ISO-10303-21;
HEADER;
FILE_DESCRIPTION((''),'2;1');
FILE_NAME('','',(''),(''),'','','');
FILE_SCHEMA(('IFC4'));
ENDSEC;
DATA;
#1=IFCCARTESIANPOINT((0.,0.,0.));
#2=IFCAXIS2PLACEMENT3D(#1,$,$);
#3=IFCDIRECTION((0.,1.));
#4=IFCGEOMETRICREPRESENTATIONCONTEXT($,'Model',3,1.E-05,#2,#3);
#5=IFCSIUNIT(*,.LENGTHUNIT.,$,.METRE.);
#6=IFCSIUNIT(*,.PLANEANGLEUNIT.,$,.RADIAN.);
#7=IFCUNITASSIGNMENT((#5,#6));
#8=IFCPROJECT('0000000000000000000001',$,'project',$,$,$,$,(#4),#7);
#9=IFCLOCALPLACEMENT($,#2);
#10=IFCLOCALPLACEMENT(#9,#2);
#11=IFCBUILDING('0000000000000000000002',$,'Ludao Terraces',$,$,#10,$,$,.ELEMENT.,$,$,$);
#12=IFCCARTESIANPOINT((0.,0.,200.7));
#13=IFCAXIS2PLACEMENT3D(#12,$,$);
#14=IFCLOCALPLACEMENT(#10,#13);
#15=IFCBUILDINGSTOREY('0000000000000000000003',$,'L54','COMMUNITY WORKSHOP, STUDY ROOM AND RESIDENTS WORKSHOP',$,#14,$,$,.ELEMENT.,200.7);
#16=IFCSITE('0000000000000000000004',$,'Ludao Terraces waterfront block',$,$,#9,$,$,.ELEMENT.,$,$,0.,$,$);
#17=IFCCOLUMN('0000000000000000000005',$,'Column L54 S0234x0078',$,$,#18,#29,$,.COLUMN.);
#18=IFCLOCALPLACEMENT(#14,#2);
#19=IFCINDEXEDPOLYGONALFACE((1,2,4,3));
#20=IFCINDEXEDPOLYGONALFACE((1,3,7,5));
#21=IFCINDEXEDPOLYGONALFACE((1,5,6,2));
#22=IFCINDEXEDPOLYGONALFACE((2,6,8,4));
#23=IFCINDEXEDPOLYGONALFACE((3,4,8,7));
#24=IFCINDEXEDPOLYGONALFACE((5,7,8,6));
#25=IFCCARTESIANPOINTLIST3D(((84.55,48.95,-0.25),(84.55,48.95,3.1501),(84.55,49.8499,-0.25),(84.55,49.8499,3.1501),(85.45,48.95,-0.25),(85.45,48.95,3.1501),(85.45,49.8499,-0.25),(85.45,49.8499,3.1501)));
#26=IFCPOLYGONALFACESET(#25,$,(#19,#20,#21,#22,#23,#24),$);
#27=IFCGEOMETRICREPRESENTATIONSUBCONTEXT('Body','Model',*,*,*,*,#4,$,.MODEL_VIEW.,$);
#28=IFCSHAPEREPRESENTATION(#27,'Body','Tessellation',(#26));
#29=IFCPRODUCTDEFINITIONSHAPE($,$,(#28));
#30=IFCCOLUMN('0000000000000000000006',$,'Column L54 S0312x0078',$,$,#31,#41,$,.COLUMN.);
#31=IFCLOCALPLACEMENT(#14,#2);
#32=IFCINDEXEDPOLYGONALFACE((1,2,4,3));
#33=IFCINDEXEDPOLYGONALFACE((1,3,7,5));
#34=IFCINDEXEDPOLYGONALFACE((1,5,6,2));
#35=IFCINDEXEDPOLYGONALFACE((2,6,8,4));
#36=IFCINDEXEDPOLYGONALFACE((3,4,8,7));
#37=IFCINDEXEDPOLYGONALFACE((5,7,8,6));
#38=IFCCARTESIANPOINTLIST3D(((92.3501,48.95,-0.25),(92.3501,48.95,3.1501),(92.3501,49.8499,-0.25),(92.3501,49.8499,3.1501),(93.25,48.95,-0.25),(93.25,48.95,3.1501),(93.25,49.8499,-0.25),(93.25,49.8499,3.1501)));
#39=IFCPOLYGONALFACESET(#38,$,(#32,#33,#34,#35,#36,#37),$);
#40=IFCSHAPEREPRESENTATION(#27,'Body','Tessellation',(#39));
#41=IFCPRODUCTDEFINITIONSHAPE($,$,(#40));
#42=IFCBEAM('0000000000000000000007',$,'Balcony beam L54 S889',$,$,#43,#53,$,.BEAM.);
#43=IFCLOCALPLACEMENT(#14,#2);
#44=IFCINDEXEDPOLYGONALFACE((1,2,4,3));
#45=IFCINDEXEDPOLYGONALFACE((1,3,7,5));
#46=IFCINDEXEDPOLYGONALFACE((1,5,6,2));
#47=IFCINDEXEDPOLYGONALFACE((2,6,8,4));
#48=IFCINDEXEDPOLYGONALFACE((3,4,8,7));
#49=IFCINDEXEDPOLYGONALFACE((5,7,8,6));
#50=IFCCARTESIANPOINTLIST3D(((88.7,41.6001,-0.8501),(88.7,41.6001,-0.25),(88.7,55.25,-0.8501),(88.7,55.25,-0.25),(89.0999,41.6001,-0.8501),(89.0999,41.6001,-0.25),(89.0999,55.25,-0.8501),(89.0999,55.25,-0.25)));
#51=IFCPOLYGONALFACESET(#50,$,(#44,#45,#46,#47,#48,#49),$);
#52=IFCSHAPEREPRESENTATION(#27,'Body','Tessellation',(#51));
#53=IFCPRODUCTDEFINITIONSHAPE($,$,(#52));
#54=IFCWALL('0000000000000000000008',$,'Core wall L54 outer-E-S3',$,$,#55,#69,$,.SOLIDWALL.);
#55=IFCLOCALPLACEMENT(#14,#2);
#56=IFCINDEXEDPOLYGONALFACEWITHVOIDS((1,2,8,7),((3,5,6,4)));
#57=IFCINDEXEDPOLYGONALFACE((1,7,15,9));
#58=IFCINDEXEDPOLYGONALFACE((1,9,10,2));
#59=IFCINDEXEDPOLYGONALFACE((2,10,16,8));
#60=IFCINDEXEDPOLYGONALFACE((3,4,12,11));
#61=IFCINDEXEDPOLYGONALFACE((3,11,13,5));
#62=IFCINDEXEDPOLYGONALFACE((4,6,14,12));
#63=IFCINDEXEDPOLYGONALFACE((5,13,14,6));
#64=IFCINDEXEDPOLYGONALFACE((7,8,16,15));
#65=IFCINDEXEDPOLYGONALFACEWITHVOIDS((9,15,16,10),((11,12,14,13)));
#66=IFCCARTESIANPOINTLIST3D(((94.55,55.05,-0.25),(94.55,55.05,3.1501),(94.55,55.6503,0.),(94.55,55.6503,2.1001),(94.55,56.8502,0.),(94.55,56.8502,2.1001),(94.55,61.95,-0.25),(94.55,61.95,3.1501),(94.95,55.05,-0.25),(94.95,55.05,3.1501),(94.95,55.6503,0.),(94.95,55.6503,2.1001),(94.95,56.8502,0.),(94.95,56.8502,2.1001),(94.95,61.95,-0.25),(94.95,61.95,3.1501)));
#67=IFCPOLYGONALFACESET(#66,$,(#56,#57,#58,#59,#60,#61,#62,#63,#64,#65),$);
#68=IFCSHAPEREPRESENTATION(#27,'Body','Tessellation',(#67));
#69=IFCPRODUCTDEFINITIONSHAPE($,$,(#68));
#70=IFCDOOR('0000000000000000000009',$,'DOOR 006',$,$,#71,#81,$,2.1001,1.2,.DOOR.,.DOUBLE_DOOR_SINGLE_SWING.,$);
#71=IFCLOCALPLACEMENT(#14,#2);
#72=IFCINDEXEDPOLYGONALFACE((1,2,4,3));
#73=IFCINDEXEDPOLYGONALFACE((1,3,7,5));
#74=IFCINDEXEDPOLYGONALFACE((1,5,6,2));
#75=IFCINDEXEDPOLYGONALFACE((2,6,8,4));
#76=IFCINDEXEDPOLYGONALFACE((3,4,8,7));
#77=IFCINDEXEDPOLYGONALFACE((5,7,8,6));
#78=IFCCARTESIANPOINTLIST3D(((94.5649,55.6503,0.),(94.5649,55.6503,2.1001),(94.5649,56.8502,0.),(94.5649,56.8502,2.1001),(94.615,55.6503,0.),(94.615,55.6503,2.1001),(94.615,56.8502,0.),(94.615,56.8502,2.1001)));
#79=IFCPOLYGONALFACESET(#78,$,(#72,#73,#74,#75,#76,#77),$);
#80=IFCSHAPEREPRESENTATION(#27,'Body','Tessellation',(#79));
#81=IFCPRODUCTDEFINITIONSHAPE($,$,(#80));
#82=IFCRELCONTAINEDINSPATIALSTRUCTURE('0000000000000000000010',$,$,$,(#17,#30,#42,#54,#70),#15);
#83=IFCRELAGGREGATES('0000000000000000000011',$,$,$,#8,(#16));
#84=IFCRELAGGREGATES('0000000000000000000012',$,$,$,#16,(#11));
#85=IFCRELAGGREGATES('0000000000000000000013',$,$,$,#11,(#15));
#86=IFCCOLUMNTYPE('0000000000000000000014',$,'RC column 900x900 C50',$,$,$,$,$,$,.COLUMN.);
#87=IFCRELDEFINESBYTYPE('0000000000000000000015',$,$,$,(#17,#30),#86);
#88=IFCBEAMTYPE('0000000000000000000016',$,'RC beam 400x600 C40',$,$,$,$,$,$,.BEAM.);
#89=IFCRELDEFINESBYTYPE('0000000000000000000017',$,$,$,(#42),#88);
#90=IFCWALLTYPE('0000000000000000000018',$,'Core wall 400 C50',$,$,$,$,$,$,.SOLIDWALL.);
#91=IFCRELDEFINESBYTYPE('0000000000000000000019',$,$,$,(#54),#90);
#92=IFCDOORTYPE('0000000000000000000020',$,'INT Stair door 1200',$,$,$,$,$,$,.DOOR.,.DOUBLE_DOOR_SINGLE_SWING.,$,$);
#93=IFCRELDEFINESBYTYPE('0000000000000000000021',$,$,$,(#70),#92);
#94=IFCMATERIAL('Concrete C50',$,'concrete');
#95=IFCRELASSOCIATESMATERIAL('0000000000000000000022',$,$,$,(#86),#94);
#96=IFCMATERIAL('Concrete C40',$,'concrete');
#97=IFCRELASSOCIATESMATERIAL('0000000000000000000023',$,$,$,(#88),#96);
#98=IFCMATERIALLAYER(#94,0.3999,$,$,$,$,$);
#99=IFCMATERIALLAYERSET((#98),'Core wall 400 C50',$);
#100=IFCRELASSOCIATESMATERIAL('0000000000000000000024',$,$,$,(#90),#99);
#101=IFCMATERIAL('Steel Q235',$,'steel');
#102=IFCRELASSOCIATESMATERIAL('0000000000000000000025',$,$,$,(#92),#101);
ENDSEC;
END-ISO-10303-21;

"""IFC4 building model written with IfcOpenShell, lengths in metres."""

from ifc_helpers import new_model, si_unit, direction, frame, frame_2d, origin, origin_2d, place, context, subcontext, project, spatial, rectangle, extrude, material, layer, layer_set, material_profile, profile_set, type_object, element, fill, save


model = new_model("IFC4")

# Units and contexts
model_context = context("Model", 3, precision=1e-05, world=origin(), true_north=direction((0.0, 1.0)))
body_context = subcontext(model_context, "Body", "Model", "MODEL_VIEW")
ifc_project = project(units=[si_unit("LENGTHUNIT", "METRE"), si_unit("PLANEANGLEUNIT", "RADIAN")], contexts=[model_context])

# Site, building, storey
site_placement = place(None, origin())
site = spatial("IfcSite", under=ifc_project, at=site_placement, Name="Ludao Terraces waterfront block", CompositionType="ELEMENT", RefElevation=0.0)
building_placement = place(site_placement, origin())
building = spatial("IfcBuilding", under=site, at=building_placement, Name="Ludao Terraces", CompositionType="ELEMENT")
storey_placement = place(building_placement, frame((0.0, 0.0, 200.7)))
storey = spatial("IfcBuildingStorey", under=building, at=storey_placement, Name="L54", Description="COMMUNITY WORKSHOP, STUDY ROOM AND RESIDENTS WORKSHOP", CompositionType="ELEMENT", Elevation=200.7)

# Columns
ifc_material_1 = material(Name="Concrete C50", Category="concrete")
ifc_material_profile_1 = material_profile(ifc_material_1, rectangle(XDim=0.8999, YDim=0.8999, at=origin_2d()), Name="900 X 900")
ifc_profile_set_1 = profile_set([ifc_material_profile_1], Name="Concrete C50")
column_type = type_object("IfcColumnType", Name="RC column 900x900 C50", PredefinedType="COLUMN", material=ifc_profile_set_1)
for number, where, z_axis, x_axis, name in (
    (1, (85.0, 49.3999, -0.25), (0.0, 0.0, 1.0), (1.0, 0.0, 0.0), "Column L54 S0234x0078"),
    (2, (92.8, 49.3999, -0.25), (0.0, 0.0, 1.0), (1.0, 0.0, 0.0), "Column L54 S0312x0078"),
):
    element("IfcColumn", number, at=place(storey_placement, frame(where, z_axis=z_axis, x_axis=x_axis)), inside=storey, type_object=column_type, Name=name, PredefinedType="COLUMN", context=body_context, shape_type="SweptSolid", body=[
        extrude(rectangle(XDim=0.8999, YDim=0.8999, at=origin_2d()), origin(), (0.0, 0.0, 1.0), 3.4001),
    ])

# Beam
ifc_material_2 = material(Name="Concrete C40", Category="concrete")
ifc_material_profile_2 = material_profile(ifc_material_2, rectangle(XDim=0.3999, YDim=0.6001, at=origin_2d()), Name="400 X 600")
ifc_profile_set_2 = profile_set([ifc_material_profile_2], Name="Concrete C40")
beam_type = type_object("IfcBeamType", Name="RC beam 400x600 C40", PredefinedType="BEAM", material=ifc_profile_set_2)
beam_placement = place(storey_placement, frame((88.8999, 55.25, -0.55), z_axis=(0.0, -1.0, 0.0), x_axis=(1.0, 0.0, 0.0)))
element("IfcBeam", 3, at=beam_placement, inside=storey, type_object=beam_type, Name="Balcony beam L54 S889", PredefinedType="BEAM", context=body_context, shape_type="SweptSolid", body=[
    extrude(rectangle(XDim=0.3999, YDim=0.6001, at=origin_2d()), origin(), (0.0, 0.0, 1.0), 13.6499),
])

# Wall, opening, door
ifc_layer_1 = layer(ifc_material_1, 0.3999)
ifc_layer_set_1 = layer_set([ifc_layer_1], Name="Core wall 400 C50")
wall_type_1 = type_object("IfcWallType", Name="Core wall 400 C50", PredefinedType="SOLIDWALL", material=ifc_layer_set_1)
wall_1_placement = place(storey_placement, frame((94.75, 55.05, -0.25), z_axis=(0.0, 0.0, 1.0), x_axis=(0.0, 1.0, 0.0)))
wall_1 = element("IfcWall", 4, at=wall_1_placement, inside=storey, type_object=wall_type_1, Name="Core wall L54 outer-E-S3", PredefinedType="SOLIDWALL", context=body_context, shape_type="SweptSolid", body=[
    extrude(rectangle(XDim=6.8999, YDim=0.3999, at=frame_2d((3.45, 0.0))), origin(), (0.0, 0.0, 1.0), 3.4001),
])
opening_1_placement = place(wall_1_placement, frame((0.6001, 0.0, 0.25)))
opening_1 = element("IfcOpeningElement", 5, at=opening_1_placement, cuts=wall_1, PredefinedType="OPENING", context=body_context, shape_type="SweptSolid", body=[
    extrude(rectangle(XDim=1.2, YDim=2.1001, at=frame_2d((0.6001, 1.05))), frame((0.0, 0.21, 0.0), z_axis=(0.0, -1.0, 0.0), x_axis=(1.0, 0.0, 0.0)), (0.0, 0.0, 1.0), 0.4199),
])
ifc_material_3 = material(Name="Steel Q235", Category="steel")
door_type_1 = type_object("IfcDoorType", Name="INT Stair door 1200", OperationType="DOUBLE_DOOR_SINGLE_SWING", PredefinedType="DOOR", material=ifc_material_3)
door_1_placement = place(opening_1_placement, origin())
door_1 = element("IfcDoor", 6, at=door_1_placement, inside=storey, type_object=door_type_1, Name="DOOR 006", OperationType="DOUBLE_DOOR_SINGLE_SWING", OverallHeight=2.1001, OverallWidth=1.2, PredefinedType="DOOR", context=body_context, shape_type="SweptSolid", body=[
    extrude(rectangle(XDim=1.2, YDim=2.1001, at=frame_2d((0.6001, 1.05))), frame((0.0, 0.1851, 0.0), z_axis=(0.0, -1.0, 0.0), x_axis=(1.0, 0.0, 0.0)), (0.0, 0.0, 1.0), 0.05),
])
fill(opening_1, door_1)

save(model, "model.ifc")
